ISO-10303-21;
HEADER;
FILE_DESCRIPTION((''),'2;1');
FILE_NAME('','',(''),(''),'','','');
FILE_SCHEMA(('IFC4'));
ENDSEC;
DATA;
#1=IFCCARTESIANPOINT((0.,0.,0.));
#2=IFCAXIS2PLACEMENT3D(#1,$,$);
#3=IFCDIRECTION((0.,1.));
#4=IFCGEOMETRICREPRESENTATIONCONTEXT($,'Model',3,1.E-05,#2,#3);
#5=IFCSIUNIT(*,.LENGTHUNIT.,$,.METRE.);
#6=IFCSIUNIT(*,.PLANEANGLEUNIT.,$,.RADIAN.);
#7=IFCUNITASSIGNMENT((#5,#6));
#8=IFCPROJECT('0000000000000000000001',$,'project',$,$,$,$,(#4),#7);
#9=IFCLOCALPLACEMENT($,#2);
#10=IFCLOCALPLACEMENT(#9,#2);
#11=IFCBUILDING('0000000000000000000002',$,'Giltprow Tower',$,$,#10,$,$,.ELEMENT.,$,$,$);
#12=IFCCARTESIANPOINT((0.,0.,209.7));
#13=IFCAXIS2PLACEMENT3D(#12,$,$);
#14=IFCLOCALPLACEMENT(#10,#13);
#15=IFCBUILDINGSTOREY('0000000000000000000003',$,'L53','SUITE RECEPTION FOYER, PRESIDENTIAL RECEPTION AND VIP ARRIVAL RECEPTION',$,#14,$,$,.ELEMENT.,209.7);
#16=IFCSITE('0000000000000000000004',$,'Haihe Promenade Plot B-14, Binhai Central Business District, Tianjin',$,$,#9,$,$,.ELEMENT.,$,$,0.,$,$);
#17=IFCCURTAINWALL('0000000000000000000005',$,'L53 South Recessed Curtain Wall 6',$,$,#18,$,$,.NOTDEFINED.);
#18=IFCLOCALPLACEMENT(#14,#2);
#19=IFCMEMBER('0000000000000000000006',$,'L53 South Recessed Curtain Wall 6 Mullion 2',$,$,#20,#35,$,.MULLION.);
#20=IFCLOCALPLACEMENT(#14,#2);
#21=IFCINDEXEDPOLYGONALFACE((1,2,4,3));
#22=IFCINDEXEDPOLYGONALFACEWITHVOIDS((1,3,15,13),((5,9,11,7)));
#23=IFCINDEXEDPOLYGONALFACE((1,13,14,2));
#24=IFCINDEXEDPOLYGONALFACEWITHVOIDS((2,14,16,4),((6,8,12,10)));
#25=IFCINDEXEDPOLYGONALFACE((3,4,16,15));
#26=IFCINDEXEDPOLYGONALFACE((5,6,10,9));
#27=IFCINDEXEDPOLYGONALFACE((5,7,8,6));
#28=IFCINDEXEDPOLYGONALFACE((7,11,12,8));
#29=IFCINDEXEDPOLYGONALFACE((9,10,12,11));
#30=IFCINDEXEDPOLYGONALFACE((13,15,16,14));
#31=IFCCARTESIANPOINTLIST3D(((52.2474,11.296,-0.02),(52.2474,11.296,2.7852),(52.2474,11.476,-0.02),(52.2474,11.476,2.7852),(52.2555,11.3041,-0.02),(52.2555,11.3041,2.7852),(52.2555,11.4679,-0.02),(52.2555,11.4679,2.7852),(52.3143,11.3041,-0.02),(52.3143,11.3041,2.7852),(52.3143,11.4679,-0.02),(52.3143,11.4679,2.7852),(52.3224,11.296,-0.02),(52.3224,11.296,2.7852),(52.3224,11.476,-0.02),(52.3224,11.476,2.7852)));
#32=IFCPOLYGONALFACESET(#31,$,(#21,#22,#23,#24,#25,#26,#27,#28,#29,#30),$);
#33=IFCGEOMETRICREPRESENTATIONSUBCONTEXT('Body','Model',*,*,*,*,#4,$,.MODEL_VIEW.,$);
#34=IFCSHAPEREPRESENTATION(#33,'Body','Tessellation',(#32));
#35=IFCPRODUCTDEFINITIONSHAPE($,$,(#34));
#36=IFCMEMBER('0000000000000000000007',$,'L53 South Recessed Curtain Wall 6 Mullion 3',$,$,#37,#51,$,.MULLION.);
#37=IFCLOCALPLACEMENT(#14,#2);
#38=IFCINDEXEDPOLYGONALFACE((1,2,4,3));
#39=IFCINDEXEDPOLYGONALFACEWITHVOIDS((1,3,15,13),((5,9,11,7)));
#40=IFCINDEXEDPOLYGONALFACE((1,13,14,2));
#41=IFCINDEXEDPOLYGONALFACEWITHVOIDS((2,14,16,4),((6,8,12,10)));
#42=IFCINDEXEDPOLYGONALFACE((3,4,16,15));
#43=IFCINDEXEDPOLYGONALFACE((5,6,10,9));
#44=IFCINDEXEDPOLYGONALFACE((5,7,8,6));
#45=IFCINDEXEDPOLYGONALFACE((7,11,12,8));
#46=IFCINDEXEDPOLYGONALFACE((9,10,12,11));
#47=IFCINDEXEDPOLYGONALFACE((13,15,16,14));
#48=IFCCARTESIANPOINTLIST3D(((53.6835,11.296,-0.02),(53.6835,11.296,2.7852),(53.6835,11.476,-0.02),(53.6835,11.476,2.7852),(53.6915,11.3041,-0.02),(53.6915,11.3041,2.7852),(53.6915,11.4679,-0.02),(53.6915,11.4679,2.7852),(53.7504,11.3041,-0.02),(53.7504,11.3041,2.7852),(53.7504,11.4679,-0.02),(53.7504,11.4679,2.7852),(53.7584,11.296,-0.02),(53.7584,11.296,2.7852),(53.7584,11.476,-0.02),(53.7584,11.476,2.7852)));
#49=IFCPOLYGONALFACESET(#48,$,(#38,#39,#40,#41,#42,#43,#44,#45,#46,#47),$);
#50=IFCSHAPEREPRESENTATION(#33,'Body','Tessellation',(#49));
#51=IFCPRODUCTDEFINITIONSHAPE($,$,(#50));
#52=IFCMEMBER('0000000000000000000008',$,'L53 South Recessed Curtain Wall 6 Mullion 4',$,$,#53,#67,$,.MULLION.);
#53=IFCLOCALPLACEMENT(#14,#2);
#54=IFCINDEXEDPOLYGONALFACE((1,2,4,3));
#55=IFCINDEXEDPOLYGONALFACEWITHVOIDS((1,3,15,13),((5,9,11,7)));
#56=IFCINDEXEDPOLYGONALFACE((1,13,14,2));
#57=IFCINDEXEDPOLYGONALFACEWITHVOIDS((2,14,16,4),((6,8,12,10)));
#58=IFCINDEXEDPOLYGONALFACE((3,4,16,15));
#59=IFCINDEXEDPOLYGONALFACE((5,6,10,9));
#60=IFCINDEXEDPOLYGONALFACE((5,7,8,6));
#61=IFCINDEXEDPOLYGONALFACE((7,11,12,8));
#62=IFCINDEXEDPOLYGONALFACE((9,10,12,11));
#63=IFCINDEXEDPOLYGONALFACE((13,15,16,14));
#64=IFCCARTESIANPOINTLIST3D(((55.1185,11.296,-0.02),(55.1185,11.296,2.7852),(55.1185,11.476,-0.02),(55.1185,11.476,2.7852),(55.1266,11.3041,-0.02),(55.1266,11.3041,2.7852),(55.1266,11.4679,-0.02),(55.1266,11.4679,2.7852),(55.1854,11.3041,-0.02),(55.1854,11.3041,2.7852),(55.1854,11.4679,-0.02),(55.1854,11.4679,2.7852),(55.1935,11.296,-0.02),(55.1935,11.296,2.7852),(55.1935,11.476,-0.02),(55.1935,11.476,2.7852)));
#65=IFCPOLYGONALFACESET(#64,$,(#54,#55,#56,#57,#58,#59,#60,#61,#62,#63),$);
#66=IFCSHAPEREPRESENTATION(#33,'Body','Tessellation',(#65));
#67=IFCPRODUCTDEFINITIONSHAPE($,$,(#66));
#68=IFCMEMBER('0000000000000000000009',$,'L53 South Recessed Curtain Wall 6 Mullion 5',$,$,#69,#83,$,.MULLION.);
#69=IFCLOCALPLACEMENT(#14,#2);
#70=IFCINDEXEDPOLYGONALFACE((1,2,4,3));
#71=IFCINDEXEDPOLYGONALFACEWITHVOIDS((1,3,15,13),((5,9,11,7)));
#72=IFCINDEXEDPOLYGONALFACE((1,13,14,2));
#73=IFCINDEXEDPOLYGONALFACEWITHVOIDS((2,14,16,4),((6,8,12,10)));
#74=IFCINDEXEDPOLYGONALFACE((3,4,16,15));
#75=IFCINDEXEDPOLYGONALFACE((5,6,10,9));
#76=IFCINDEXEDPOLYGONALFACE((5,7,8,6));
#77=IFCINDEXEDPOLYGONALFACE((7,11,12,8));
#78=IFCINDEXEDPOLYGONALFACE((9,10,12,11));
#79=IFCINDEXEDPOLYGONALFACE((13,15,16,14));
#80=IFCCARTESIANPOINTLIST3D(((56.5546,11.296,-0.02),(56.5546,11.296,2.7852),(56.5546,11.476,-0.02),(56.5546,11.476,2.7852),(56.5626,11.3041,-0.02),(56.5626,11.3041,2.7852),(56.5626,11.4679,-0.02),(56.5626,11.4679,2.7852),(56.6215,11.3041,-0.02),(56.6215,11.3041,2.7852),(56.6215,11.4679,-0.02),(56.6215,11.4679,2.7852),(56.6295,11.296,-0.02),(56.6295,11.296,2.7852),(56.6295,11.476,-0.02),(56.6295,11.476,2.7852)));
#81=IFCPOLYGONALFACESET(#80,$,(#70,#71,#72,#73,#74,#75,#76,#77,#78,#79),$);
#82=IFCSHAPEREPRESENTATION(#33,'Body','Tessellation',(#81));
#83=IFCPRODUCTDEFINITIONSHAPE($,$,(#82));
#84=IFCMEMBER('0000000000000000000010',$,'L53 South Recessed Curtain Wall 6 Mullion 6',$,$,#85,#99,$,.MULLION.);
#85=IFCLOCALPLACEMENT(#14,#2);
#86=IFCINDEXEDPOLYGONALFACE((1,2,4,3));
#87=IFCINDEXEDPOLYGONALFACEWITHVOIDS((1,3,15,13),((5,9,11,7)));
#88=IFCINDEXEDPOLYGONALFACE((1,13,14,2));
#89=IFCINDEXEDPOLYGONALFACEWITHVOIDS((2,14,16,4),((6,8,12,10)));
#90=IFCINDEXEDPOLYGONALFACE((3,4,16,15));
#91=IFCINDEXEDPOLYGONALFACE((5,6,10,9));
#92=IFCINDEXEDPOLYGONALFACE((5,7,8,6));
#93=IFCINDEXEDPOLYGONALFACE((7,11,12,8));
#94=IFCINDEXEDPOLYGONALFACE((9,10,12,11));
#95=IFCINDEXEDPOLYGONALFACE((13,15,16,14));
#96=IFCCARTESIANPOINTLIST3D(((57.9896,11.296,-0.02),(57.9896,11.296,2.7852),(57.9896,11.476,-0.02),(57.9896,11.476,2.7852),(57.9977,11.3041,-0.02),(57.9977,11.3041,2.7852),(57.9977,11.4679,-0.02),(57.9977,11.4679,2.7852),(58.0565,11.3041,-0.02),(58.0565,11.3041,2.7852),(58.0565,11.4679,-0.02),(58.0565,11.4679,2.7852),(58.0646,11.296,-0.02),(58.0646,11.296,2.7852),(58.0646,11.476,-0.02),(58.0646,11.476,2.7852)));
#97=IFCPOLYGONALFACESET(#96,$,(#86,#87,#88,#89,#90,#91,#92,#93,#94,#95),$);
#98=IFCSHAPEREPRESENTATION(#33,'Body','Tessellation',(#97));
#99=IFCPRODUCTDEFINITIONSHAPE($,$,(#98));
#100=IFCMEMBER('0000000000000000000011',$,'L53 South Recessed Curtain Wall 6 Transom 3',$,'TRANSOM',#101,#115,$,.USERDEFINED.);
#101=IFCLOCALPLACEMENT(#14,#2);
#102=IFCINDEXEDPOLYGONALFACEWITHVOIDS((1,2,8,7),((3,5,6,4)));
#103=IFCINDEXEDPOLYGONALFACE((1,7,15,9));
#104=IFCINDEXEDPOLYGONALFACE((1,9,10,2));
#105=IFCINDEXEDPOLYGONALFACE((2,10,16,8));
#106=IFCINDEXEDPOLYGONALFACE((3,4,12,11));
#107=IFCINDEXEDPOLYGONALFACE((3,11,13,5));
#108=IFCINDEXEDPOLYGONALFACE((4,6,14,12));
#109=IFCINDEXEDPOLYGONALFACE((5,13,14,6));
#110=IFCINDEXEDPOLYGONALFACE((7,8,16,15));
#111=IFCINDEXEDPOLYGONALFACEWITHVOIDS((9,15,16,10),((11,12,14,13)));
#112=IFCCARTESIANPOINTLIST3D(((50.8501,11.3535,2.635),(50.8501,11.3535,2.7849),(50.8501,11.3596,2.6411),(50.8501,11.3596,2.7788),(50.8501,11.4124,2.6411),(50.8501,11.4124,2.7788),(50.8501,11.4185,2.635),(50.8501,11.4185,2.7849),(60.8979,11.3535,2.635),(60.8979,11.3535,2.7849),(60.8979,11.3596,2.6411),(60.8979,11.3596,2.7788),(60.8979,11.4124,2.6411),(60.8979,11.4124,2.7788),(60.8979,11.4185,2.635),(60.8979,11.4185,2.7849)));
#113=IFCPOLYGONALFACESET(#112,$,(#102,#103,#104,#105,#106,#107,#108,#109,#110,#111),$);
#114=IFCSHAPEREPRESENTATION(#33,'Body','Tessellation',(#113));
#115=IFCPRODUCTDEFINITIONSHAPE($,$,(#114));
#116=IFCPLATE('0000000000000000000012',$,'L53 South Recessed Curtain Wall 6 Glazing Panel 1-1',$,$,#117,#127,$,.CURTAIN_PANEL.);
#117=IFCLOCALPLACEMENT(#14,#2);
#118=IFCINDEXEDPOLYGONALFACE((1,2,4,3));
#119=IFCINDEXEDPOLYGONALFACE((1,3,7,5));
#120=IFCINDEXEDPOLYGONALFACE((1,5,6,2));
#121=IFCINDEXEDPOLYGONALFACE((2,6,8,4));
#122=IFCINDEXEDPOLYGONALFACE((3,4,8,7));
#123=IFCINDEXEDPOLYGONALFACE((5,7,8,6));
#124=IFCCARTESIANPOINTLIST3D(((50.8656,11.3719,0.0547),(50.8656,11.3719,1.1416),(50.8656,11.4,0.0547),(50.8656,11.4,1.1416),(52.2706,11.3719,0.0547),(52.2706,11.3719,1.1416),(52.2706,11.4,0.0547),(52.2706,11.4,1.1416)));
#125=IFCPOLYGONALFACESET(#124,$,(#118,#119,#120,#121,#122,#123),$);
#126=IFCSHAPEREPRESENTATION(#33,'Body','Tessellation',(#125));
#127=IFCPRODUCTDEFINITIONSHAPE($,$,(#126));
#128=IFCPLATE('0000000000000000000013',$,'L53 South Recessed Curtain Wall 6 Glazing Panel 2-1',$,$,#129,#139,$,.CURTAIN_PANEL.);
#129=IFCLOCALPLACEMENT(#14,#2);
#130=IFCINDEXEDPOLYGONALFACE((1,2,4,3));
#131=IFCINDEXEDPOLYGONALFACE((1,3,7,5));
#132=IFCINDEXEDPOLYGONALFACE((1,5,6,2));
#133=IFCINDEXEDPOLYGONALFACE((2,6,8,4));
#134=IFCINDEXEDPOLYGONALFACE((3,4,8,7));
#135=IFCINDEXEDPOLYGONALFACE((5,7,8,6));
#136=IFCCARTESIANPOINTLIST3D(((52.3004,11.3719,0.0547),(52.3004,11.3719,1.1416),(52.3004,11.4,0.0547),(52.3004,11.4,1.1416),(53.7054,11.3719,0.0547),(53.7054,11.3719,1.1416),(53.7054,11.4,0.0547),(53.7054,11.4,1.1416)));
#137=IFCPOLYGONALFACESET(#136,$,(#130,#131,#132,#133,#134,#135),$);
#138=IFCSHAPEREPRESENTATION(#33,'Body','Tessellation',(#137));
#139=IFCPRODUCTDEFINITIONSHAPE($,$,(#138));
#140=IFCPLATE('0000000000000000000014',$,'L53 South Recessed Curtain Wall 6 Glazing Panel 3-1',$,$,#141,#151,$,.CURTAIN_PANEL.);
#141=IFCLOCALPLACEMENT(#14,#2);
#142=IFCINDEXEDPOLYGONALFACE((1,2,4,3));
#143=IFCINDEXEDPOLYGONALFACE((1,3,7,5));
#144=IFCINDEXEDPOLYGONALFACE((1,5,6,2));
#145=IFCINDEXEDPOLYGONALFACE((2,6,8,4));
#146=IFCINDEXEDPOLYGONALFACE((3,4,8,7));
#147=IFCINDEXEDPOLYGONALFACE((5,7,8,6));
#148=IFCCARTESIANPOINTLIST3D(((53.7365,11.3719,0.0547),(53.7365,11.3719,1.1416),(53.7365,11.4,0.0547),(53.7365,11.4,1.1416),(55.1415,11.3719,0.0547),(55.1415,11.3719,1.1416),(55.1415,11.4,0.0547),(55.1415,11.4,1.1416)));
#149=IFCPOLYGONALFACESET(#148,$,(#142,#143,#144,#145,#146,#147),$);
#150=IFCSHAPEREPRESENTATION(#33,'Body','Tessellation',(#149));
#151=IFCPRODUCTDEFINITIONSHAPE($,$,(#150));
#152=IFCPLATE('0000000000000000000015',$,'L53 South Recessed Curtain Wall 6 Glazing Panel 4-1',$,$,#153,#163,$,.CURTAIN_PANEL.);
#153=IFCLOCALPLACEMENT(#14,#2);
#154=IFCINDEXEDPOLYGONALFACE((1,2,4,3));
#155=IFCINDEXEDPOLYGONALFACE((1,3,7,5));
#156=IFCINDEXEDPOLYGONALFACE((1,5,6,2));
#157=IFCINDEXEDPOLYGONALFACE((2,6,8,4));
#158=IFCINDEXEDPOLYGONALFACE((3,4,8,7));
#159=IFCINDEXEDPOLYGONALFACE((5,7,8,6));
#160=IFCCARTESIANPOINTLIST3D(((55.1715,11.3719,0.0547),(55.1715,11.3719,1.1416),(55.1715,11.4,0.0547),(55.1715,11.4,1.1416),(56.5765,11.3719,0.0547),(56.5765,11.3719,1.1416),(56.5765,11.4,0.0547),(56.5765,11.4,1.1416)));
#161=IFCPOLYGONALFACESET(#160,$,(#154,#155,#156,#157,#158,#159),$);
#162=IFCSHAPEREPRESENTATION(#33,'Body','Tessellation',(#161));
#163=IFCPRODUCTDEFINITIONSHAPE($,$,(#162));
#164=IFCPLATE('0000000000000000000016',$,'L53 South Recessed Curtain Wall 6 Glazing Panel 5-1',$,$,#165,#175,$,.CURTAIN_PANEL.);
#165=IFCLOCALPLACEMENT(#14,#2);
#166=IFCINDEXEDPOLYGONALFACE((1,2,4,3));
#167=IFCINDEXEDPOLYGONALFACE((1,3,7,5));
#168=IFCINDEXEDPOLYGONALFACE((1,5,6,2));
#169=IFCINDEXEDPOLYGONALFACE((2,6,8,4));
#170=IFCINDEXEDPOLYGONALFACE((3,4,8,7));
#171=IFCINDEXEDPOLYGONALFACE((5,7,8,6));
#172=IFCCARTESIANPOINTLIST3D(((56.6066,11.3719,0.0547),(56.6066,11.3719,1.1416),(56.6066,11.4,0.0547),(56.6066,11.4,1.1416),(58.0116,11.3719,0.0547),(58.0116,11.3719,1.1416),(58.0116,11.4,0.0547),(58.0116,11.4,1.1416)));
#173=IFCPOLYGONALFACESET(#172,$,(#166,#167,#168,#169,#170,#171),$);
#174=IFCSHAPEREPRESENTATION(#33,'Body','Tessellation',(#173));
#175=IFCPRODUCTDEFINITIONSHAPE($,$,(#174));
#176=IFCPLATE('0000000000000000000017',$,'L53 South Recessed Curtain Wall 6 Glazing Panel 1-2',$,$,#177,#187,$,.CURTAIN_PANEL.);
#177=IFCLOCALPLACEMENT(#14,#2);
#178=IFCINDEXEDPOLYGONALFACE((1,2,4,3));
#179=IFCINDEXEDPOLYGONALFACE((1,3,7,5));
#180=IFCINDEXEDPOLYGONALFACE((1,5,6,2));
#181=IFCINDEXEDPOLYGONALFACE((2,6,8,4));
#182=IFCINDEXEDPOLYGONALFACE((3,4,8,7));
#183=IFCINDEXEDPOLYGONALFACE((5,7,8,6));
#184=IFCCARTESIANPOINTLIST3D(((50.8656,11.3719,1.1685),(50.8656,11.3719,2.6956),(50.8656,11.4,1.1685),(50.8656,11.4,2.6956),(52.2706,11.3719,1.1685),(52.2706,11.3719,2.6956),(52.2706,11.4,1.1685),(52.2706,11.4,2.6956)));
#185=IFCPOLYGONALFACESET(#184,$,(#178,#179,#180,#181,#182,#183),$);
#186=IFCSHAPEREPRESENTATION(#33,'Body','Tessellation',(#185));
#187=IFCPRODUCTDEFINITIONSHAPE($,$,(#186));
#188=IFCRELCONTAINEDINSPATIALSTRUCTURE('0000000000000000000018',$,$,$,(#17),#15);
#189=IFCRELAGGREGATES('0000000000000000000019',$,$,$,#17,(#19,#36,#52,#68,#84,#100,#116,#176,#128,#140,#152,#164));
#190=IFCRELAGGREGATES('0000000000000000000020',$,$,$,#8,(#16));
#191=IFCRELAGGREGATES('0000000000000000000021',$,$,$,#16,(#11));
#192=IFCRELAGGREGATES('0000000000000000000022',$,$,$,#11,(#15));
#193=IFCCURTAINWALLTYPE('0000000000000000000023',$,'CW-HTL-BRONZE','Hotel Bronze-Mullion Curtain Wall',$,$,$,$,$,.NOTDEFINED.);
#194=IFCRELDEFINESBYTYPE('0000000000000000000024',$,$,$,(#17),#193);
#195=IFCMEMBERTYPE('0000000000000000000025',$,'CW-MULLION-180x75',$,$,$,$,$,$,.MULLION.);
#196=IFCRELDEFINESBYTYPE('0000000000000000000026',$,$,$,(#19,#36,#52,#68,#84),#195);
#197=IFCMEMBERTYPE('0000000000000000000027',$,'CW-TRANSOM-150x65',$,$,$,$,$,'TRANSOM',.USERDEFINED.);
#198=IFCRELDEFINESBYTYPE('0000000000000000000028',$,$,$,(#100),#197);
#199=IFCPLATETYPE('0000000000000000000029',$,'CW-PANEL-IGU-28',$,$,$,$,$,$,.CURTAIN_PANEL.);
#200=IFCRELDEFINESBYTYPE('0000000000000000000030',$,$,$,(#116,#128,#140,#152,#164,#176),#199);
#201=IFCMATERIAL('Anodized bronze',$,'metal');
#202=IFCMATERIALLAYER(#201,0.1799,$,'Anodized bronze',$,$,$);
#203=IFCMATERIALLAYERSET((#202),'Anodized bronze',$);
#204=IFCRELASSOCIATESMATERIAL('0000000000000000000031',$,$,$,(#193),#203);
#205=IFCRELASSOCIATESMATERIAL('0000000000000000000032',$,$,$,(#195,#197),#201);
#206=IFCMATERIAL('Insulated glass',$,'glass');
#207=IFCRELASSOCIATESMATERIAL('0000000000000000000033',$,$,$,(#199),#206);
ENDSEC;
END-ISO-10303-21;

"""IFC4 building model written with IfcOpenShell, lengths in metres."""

from ifc_helpers import new_model, si_unit, direction, frame, origin, origin_2d, place, context, subcontext, project, spatial, rectangle, hollow_rectangle, extrude, source, transform, mapped, material, layer, layer_set, material_profile, profile_set, type_object, element, aggregate, save


model = new_model("IFC4")

# Units and contexts
model_context = context("Model", 3, precision=1e-05, world=origin(), true_north=direction((0.0, 1.0)))
body_context = subcontext(model_context, "Body", "Model", "MODEL_VIEW")
ifc_project = project(units=[si_unit("LENGTHUNIT", "METRE"), si_unit("PLANEANGLEUNIT", "RADIAN")], contexts=[model_context])

# Site, building, storey
site_placement = place(None, origin())
site = spatial("IfcSite", under=ifc_project, at=site_placement, Name="Haihe Promenade Plot B-14, Binhai Central Business District, Tianjin", CompositionType="ELEMENT", RefElevation=0.0)
building_placement = place(site_placement, origin())
building = spatial("IfcBuilding", under=site, at=building_placement, Name="Giltprow Tower", CompositionType="ELEMENT")
storey_placement = place(building_placement, frame((0.0, 0.0, 209.7)))
storey = spatial("IfcBuildingStorey", under=building, at=storey_placement, Name="L53", Description="SUITE RECEPTION FOYER, PRESIDENTIAL RECEPTION AND VIP ARRIVAL RECEPTION", CompositionType="ELEMENT", Elevation=209.7)

# Curtain wall, members, plates
ifc_material_1 = material(Name="Anodized bronze", Category="metal")
ifc_layer = layer(ifc_material_1, 0.1799, Name="Anodized bronze")
ifc_layer_set = layer_set([ifc_layer], Name="Anodized bronze")
curtain_wall_type = type_object("IfcCurtainWallType", Name="CW-HTL-BRONZE", Description="Hotel Bronze-Mullion Curtain Wall", PredefinedType="NOTDEFINED", material=ifc_layer_set)
curtain_wall_placement = place(storey_placement, origin())
curtain_wall = element("IfcCurtainWall", 1, at=curtain_wall_placement, inside=storey, type_object=curtain_wall_type, Name="L53 South Recessed Curtain Wall 6", PredefinedType="NOTDEFINED")
ifc_material_profile_1 = material_profile(ifc_material_1, hollow_rectangle(XDim=0.075, YDim=0.1799, WallThickness=0.0081, at=origin_2d()), Name="RHS 180x75x8")
ifc_profile_set_1 = profile_set([ifc_material_profile_1], Name="Anodized bronze")
member_type_1 = type_object("IfcMemberType", Name="CW-MULLION-180x75", PredefinedType="MULLION", material=ifc_profile_set_1)
shared_shape_1 = source(origin(), body_context, "Body", "SweptSolid", [
    extrude(hollow_rectangle(XDim=0.075, YDim=0.1799, WallThickness=0.0081, at=origin_2d()), origin(), (0.0, 0.0, 1.0), 2.8052),
])
member_1_placement = place(storey_placement, frame((52.2849, 11.386, -0.02), z_axis=(0.0, 0.0, 1.0), x_axis=(1.0, 0.0, 0.0)))
member_1 = element("IfcMember", 2, at=member_1_placement, type_object=member_type_1, Name="L53 South Recessed Curtain Wall 6 Mullion 2", PredefinedType="MULLION", context=body_context, shape_type="MappedRepresentation", body=[
    mapped(shared_shape_1, transform((0.0, 0.0, 0.0), x_axis=(1.0, 0.0, 0.0), y_axis=(0.0, 1.0, 0.0), z_axis=(0.0, 0.0, 1.0), scale=1.0)),
])
member_2_placement = place(storey_placement, frame((53.7209, 11.386, -0.02), z_axis=(0.0, 0.0, 1.0), x_axis=(1.0, 0.0, 0.0)))
member_2 = element("IfcMember", 3, at=member_2_placement, type_object=member_type_1, Name="L53 South Recessed Curtain Wall 6 Mullion 3", PredefinedType="MULLION", context=body_context, shape_type="MappedRepresentation", body=[
    mapped(shared_shape_1, transform((0.0, 0.0, 0.0), x_axis=(1.0, 0.0, 0.0), y_axis=(0.0, 1.0, 0.0), z_axis=(0.0, 0.0, 1.0), scale=1.0)),
])
member_3_placement = place(storey_placement, frame((55.156, 11.386, -0.02), z_axis=(0.0, 0.0, 1.0), x_axis=(1.0, 0.0, 0.0)))
member_3 = element("IfcMember", 4, at=member_3_placement, type_object=member_type_1, Name="L53 South Recessed Curtain Wall 6 Mullion 4", PredefinedType="MULLION", context=body_context, shape_type="MappedRepresentation", body=[
    mapped(shared_shape_1, transform((0.0, 0.0, 0.0), x_axis=(1.0, 0.0, 0.0), y_axis=(0.0, 1.0, 0.0), z_axis=(0.0, 0.0, 1.0), scale=1.0)),
])
member_4_placement = place(storey_placement, frame((56.592, 11.386, -0.02), z_axis=(0.0, 0.0, 1.0), x_axis=(1.0, 0.0, 0.0)))
member_4 = element("IfcMember", 5, at=member_4_placement, type_object=member_type_1, Name="L53 South Recessed Curtain Wall 6 Mullion 5", PredefinedType="MULLION", context=body_context, shape_type="MappedRepresentation", body=[
    mapped(shared_shape_1, transform((0.0, 0.0, 0.0), x_axis=(1.0, 0.0, 0.0), y_axis=(0.0, 1.0, 0.0), z_axis=(0.0, 0.0, 1.0), scale=1.0)),
])
member_5_placement = place(storey_placement, frame((58.0271, 11.386, -0.02), z_axis=(0.0, 0.0, 1.0), x_axis=(1.0, 0.0, 0.0)))
member_5 = element("IfcMember", 6, at=member_5_placement, type_object=member_type_1, Name="L53 South Recessed Curtain Wall 6 Mullion 6", PredefinedType="MULLION", context=body_context, shape_type="MappedRepresentation", body=[
    mapped(shared_shape_1, transform((0.0, 0.0, 0.0), x_axis=(1.0, 0.0, 0.0), y_axis=(0.0, 1.0, 0.0), z_axis=(0.0, 0.0, 1.0), scale=1.0)),
])
ifc_material_profile_2 = material_profile(ifc_material_1, hollow_rectangle(XDim=0.0649, YDim=0.1499, WallThickness=0.0061, at=origin_2d()), Name="RHS 150x65x6")
ifc_profile_set_2 = profile_set([ifc_material_profile_2], Name="Anodized bronze")
member_type_2 = type_object("IfcMemberType", Name="CW-TRANSOM-150x65", ElementType="TRANSOM", PredefinedType="USERDEFINED", material=ifc_profile_set_2)
shared_shape_2 = source(origin(), body_context, "Body", "SweptSolid", [
    extrude(hollow_rectangle(XDim=0.0649, YDim=0.1499, WallThickness=0.0061, at=origin_2d()), origin(), (0.0, 0.0, 1.0), 10.0479),
])
member_6_placement = place(storey_placement, frame((50.8501, 11.386, 2.71), z_axis=(1.0, 0.0, 0.0), x_axis=(0.0, 1.0, 0.0)))
member_6 = element("IfcMember", 7, at=member_6_placement, type_object=member_type_2, Name="L53 South Recessed Curtain Wall 6 Transom 3", ObjectType="TRANSOM", PredefinedType="USERDEFINED", context=body_context, shape_type="MappedRepresentation", body=[
    mapped(shared_shape_2, transform((0.0, 0.0, 0.0), x_axis=(1.0, 0.0, 0.0), y_axis=(0.0, 1.0, 0.0), z_axis=(0.0, 0.0, 1.0), scale=1.0)),
])
ifc_material_2 = material(Name="Insulated glass", Category="glass")
plate_type = type_object("IfcPlateType", Name="CW-PANEL-IGU-28", PredefinedType="CURTAIN_PANEL", material=ifc_material_2)
shared_shape_3 = source(origin(), body_context, "Body", "SweptSolid", [
    extrude(rectangle(XDim=1.405, YDim=0.0281, at=origin_2d()), origin(), (0.0, 0.0, 1.0), 1.0869),
])
plate_1_placement = place(storey_placement, frame((51.5681, 11.386, 0.0547), z_axis=(0.0, 0.0, 1.0), x_axis=(1.0, 0.0, 0.0)))
plate_1 = element("IfcPlate", 8, at=plate_1_placement, type_object=plate_type, Name="L53 South Recessed Curtain Wall 6 Glazing Panel 1-1", PredefinedType="CURTAIN_PANEL", context=body_context, shape_type="MappedRepresentation", body=[
    mapped(shared_shape_3, transform((0.0, 0.0, 0.0), x_axis=(1.0, 0.0, 0.0), y_axis=(0.0, 1.0, 0.0), z_axis=(0.0, 0.0, 1.0), scale=1.0)),
])
plate_2_placement = place(storey_placement, frame((53.0029, 11.386, 0.0547), z_axis=(0.0, 0.0, 1.0), x_axis=(1.0, 0.0, 0.0)))
plate_2 = element("IfcPlate", 9, at=plate_2_placement, type_object=plate_type, Name="L53 South Recessed Curtain Wall 6 Glazing Panel 2-1", PredefinedType="CURTAIN_PANEL", context=body_context, shape_type="MappedRepresentation", body=[
    mapped(shared_shape_3, transform((0.0, 0.0, 0.0), x_axis=(1.0, 0.0, 0.0), y_axis=(0.0, 1.0, 0.0), z_axis=(0.0, 0.0, 1.0), scale=1.0)),
])
plate_3_placement = place(storey_placement, frame((54.439, 11.386, 0.0547), z_axis=(0.0, 0.0, 1.0), x_axis=(1.0, 0.0, 0.0)))
plate_3 = element("IfcPlate", 10, at=plate_3_placement, type_object=plate_type, Name="L53 South Recessed Curtain Wall 6 Glazing Panel 3-1", PredefinedType="CURTAIN_PANEL", context=body_context, shape_type="MappedRepresentation", body=[
    mapped(shared_shape_3, transform((0.0, 0.0, 0.0), x_axis=(1.0, 0.0, 0.0), y_axis=(0.0, 1.0, 0.0), z_axis=(0.0, 0.0, 1.0), scale=1.0)),
])
plate_4_placement = place(storey_placement, frame((55.874, 11.386, 0.0547), z_axis=(0.0, 0.0, 1.0), x_axis=(1.0, 0.0, 0.0)))
plate_4 = element("IfcPlate", 11, at=plate_4_placement, type_object=plate_type, Name="L53 South Recessed Curtain Wall 6 Glazing Panel 4-1", PredefinedType="CURTAIN_PANEL", context=body_context, shape_type="MappedRepresentation", body=[
    mapped(shared_shape_3, transform((0.0, 0.0, 0.0), x_axis=(1.0, 0.0, 0.0), y_axis=(0.0, 1.0, 0.0), z_axis=(0.0, 0.0, 1.0), scale=1.0)),
])
plate_5_placement = place(storey_placement, frame((57.3091, 11.386, 0.0547), z_axis=(0.0, 0.0, 1.0), x_axis=(1.0, 0.0, 0.0)))
plate_5 = element("IfcPlate", 12, at=plate_5_placement, type_object=plate_type, Name="L53 South Recessed Curtain Wall 6 Glazing Panel 5-1", PredefinedType="CURTAIN_PANEL", context=body_context, shape_type="MappedRepresentation", body=[
    mapped(shared_shape_3, transform((0.0, 0.0, 0.0), x_axis=(1.0, 0.0, 0.0), y_axis=(0.0, 1.0, 0.0), z_axis=(0.0, 0.0, 1.0), scale=1.0)),
])
shared_shape_4 = source(origin(), body_context, "Body", "SweptSolid", [
    extrude(rectangle(XDim=1.405, YDim=0.0281, at=origin_2d()), origin(), (0.0, 0.0, 1.0), 1.5271),
])
plate_6_placement = place(storey_placement, frame((51.5681, 11.386, 1.1685), z_axis=(0.0, 0.0, 1.0), x_axis=(1.0, 0.0, 0.0)))
plate_6 = element("IfcPlate", 13, at=plate_6_placement, type_object=plate_type, Name="L53 South Recessed Curtain Wall 6 Glazing Panel 1-2", PredefinedType="CURTAIN_PANEL", context=body_context, shape_type="MappedRepresentation", body=[
    mapped(shared_shape_4, transform((0.0, 0.0, 0.0), x_axis=(1.0, 0.0, 0.0), y_axis=(0.0, 1.0, 0.0), z_axis=(0.0, 0.0, 1.0), scale=1.0)),
])
aggregate(curtain_wall, [member_1, member_2, member_3, member_4, member_5, member_6, plate_1, plate_6, plate_2, plate_3, plate_4, plate_5])

save(model, "model.ifc")
